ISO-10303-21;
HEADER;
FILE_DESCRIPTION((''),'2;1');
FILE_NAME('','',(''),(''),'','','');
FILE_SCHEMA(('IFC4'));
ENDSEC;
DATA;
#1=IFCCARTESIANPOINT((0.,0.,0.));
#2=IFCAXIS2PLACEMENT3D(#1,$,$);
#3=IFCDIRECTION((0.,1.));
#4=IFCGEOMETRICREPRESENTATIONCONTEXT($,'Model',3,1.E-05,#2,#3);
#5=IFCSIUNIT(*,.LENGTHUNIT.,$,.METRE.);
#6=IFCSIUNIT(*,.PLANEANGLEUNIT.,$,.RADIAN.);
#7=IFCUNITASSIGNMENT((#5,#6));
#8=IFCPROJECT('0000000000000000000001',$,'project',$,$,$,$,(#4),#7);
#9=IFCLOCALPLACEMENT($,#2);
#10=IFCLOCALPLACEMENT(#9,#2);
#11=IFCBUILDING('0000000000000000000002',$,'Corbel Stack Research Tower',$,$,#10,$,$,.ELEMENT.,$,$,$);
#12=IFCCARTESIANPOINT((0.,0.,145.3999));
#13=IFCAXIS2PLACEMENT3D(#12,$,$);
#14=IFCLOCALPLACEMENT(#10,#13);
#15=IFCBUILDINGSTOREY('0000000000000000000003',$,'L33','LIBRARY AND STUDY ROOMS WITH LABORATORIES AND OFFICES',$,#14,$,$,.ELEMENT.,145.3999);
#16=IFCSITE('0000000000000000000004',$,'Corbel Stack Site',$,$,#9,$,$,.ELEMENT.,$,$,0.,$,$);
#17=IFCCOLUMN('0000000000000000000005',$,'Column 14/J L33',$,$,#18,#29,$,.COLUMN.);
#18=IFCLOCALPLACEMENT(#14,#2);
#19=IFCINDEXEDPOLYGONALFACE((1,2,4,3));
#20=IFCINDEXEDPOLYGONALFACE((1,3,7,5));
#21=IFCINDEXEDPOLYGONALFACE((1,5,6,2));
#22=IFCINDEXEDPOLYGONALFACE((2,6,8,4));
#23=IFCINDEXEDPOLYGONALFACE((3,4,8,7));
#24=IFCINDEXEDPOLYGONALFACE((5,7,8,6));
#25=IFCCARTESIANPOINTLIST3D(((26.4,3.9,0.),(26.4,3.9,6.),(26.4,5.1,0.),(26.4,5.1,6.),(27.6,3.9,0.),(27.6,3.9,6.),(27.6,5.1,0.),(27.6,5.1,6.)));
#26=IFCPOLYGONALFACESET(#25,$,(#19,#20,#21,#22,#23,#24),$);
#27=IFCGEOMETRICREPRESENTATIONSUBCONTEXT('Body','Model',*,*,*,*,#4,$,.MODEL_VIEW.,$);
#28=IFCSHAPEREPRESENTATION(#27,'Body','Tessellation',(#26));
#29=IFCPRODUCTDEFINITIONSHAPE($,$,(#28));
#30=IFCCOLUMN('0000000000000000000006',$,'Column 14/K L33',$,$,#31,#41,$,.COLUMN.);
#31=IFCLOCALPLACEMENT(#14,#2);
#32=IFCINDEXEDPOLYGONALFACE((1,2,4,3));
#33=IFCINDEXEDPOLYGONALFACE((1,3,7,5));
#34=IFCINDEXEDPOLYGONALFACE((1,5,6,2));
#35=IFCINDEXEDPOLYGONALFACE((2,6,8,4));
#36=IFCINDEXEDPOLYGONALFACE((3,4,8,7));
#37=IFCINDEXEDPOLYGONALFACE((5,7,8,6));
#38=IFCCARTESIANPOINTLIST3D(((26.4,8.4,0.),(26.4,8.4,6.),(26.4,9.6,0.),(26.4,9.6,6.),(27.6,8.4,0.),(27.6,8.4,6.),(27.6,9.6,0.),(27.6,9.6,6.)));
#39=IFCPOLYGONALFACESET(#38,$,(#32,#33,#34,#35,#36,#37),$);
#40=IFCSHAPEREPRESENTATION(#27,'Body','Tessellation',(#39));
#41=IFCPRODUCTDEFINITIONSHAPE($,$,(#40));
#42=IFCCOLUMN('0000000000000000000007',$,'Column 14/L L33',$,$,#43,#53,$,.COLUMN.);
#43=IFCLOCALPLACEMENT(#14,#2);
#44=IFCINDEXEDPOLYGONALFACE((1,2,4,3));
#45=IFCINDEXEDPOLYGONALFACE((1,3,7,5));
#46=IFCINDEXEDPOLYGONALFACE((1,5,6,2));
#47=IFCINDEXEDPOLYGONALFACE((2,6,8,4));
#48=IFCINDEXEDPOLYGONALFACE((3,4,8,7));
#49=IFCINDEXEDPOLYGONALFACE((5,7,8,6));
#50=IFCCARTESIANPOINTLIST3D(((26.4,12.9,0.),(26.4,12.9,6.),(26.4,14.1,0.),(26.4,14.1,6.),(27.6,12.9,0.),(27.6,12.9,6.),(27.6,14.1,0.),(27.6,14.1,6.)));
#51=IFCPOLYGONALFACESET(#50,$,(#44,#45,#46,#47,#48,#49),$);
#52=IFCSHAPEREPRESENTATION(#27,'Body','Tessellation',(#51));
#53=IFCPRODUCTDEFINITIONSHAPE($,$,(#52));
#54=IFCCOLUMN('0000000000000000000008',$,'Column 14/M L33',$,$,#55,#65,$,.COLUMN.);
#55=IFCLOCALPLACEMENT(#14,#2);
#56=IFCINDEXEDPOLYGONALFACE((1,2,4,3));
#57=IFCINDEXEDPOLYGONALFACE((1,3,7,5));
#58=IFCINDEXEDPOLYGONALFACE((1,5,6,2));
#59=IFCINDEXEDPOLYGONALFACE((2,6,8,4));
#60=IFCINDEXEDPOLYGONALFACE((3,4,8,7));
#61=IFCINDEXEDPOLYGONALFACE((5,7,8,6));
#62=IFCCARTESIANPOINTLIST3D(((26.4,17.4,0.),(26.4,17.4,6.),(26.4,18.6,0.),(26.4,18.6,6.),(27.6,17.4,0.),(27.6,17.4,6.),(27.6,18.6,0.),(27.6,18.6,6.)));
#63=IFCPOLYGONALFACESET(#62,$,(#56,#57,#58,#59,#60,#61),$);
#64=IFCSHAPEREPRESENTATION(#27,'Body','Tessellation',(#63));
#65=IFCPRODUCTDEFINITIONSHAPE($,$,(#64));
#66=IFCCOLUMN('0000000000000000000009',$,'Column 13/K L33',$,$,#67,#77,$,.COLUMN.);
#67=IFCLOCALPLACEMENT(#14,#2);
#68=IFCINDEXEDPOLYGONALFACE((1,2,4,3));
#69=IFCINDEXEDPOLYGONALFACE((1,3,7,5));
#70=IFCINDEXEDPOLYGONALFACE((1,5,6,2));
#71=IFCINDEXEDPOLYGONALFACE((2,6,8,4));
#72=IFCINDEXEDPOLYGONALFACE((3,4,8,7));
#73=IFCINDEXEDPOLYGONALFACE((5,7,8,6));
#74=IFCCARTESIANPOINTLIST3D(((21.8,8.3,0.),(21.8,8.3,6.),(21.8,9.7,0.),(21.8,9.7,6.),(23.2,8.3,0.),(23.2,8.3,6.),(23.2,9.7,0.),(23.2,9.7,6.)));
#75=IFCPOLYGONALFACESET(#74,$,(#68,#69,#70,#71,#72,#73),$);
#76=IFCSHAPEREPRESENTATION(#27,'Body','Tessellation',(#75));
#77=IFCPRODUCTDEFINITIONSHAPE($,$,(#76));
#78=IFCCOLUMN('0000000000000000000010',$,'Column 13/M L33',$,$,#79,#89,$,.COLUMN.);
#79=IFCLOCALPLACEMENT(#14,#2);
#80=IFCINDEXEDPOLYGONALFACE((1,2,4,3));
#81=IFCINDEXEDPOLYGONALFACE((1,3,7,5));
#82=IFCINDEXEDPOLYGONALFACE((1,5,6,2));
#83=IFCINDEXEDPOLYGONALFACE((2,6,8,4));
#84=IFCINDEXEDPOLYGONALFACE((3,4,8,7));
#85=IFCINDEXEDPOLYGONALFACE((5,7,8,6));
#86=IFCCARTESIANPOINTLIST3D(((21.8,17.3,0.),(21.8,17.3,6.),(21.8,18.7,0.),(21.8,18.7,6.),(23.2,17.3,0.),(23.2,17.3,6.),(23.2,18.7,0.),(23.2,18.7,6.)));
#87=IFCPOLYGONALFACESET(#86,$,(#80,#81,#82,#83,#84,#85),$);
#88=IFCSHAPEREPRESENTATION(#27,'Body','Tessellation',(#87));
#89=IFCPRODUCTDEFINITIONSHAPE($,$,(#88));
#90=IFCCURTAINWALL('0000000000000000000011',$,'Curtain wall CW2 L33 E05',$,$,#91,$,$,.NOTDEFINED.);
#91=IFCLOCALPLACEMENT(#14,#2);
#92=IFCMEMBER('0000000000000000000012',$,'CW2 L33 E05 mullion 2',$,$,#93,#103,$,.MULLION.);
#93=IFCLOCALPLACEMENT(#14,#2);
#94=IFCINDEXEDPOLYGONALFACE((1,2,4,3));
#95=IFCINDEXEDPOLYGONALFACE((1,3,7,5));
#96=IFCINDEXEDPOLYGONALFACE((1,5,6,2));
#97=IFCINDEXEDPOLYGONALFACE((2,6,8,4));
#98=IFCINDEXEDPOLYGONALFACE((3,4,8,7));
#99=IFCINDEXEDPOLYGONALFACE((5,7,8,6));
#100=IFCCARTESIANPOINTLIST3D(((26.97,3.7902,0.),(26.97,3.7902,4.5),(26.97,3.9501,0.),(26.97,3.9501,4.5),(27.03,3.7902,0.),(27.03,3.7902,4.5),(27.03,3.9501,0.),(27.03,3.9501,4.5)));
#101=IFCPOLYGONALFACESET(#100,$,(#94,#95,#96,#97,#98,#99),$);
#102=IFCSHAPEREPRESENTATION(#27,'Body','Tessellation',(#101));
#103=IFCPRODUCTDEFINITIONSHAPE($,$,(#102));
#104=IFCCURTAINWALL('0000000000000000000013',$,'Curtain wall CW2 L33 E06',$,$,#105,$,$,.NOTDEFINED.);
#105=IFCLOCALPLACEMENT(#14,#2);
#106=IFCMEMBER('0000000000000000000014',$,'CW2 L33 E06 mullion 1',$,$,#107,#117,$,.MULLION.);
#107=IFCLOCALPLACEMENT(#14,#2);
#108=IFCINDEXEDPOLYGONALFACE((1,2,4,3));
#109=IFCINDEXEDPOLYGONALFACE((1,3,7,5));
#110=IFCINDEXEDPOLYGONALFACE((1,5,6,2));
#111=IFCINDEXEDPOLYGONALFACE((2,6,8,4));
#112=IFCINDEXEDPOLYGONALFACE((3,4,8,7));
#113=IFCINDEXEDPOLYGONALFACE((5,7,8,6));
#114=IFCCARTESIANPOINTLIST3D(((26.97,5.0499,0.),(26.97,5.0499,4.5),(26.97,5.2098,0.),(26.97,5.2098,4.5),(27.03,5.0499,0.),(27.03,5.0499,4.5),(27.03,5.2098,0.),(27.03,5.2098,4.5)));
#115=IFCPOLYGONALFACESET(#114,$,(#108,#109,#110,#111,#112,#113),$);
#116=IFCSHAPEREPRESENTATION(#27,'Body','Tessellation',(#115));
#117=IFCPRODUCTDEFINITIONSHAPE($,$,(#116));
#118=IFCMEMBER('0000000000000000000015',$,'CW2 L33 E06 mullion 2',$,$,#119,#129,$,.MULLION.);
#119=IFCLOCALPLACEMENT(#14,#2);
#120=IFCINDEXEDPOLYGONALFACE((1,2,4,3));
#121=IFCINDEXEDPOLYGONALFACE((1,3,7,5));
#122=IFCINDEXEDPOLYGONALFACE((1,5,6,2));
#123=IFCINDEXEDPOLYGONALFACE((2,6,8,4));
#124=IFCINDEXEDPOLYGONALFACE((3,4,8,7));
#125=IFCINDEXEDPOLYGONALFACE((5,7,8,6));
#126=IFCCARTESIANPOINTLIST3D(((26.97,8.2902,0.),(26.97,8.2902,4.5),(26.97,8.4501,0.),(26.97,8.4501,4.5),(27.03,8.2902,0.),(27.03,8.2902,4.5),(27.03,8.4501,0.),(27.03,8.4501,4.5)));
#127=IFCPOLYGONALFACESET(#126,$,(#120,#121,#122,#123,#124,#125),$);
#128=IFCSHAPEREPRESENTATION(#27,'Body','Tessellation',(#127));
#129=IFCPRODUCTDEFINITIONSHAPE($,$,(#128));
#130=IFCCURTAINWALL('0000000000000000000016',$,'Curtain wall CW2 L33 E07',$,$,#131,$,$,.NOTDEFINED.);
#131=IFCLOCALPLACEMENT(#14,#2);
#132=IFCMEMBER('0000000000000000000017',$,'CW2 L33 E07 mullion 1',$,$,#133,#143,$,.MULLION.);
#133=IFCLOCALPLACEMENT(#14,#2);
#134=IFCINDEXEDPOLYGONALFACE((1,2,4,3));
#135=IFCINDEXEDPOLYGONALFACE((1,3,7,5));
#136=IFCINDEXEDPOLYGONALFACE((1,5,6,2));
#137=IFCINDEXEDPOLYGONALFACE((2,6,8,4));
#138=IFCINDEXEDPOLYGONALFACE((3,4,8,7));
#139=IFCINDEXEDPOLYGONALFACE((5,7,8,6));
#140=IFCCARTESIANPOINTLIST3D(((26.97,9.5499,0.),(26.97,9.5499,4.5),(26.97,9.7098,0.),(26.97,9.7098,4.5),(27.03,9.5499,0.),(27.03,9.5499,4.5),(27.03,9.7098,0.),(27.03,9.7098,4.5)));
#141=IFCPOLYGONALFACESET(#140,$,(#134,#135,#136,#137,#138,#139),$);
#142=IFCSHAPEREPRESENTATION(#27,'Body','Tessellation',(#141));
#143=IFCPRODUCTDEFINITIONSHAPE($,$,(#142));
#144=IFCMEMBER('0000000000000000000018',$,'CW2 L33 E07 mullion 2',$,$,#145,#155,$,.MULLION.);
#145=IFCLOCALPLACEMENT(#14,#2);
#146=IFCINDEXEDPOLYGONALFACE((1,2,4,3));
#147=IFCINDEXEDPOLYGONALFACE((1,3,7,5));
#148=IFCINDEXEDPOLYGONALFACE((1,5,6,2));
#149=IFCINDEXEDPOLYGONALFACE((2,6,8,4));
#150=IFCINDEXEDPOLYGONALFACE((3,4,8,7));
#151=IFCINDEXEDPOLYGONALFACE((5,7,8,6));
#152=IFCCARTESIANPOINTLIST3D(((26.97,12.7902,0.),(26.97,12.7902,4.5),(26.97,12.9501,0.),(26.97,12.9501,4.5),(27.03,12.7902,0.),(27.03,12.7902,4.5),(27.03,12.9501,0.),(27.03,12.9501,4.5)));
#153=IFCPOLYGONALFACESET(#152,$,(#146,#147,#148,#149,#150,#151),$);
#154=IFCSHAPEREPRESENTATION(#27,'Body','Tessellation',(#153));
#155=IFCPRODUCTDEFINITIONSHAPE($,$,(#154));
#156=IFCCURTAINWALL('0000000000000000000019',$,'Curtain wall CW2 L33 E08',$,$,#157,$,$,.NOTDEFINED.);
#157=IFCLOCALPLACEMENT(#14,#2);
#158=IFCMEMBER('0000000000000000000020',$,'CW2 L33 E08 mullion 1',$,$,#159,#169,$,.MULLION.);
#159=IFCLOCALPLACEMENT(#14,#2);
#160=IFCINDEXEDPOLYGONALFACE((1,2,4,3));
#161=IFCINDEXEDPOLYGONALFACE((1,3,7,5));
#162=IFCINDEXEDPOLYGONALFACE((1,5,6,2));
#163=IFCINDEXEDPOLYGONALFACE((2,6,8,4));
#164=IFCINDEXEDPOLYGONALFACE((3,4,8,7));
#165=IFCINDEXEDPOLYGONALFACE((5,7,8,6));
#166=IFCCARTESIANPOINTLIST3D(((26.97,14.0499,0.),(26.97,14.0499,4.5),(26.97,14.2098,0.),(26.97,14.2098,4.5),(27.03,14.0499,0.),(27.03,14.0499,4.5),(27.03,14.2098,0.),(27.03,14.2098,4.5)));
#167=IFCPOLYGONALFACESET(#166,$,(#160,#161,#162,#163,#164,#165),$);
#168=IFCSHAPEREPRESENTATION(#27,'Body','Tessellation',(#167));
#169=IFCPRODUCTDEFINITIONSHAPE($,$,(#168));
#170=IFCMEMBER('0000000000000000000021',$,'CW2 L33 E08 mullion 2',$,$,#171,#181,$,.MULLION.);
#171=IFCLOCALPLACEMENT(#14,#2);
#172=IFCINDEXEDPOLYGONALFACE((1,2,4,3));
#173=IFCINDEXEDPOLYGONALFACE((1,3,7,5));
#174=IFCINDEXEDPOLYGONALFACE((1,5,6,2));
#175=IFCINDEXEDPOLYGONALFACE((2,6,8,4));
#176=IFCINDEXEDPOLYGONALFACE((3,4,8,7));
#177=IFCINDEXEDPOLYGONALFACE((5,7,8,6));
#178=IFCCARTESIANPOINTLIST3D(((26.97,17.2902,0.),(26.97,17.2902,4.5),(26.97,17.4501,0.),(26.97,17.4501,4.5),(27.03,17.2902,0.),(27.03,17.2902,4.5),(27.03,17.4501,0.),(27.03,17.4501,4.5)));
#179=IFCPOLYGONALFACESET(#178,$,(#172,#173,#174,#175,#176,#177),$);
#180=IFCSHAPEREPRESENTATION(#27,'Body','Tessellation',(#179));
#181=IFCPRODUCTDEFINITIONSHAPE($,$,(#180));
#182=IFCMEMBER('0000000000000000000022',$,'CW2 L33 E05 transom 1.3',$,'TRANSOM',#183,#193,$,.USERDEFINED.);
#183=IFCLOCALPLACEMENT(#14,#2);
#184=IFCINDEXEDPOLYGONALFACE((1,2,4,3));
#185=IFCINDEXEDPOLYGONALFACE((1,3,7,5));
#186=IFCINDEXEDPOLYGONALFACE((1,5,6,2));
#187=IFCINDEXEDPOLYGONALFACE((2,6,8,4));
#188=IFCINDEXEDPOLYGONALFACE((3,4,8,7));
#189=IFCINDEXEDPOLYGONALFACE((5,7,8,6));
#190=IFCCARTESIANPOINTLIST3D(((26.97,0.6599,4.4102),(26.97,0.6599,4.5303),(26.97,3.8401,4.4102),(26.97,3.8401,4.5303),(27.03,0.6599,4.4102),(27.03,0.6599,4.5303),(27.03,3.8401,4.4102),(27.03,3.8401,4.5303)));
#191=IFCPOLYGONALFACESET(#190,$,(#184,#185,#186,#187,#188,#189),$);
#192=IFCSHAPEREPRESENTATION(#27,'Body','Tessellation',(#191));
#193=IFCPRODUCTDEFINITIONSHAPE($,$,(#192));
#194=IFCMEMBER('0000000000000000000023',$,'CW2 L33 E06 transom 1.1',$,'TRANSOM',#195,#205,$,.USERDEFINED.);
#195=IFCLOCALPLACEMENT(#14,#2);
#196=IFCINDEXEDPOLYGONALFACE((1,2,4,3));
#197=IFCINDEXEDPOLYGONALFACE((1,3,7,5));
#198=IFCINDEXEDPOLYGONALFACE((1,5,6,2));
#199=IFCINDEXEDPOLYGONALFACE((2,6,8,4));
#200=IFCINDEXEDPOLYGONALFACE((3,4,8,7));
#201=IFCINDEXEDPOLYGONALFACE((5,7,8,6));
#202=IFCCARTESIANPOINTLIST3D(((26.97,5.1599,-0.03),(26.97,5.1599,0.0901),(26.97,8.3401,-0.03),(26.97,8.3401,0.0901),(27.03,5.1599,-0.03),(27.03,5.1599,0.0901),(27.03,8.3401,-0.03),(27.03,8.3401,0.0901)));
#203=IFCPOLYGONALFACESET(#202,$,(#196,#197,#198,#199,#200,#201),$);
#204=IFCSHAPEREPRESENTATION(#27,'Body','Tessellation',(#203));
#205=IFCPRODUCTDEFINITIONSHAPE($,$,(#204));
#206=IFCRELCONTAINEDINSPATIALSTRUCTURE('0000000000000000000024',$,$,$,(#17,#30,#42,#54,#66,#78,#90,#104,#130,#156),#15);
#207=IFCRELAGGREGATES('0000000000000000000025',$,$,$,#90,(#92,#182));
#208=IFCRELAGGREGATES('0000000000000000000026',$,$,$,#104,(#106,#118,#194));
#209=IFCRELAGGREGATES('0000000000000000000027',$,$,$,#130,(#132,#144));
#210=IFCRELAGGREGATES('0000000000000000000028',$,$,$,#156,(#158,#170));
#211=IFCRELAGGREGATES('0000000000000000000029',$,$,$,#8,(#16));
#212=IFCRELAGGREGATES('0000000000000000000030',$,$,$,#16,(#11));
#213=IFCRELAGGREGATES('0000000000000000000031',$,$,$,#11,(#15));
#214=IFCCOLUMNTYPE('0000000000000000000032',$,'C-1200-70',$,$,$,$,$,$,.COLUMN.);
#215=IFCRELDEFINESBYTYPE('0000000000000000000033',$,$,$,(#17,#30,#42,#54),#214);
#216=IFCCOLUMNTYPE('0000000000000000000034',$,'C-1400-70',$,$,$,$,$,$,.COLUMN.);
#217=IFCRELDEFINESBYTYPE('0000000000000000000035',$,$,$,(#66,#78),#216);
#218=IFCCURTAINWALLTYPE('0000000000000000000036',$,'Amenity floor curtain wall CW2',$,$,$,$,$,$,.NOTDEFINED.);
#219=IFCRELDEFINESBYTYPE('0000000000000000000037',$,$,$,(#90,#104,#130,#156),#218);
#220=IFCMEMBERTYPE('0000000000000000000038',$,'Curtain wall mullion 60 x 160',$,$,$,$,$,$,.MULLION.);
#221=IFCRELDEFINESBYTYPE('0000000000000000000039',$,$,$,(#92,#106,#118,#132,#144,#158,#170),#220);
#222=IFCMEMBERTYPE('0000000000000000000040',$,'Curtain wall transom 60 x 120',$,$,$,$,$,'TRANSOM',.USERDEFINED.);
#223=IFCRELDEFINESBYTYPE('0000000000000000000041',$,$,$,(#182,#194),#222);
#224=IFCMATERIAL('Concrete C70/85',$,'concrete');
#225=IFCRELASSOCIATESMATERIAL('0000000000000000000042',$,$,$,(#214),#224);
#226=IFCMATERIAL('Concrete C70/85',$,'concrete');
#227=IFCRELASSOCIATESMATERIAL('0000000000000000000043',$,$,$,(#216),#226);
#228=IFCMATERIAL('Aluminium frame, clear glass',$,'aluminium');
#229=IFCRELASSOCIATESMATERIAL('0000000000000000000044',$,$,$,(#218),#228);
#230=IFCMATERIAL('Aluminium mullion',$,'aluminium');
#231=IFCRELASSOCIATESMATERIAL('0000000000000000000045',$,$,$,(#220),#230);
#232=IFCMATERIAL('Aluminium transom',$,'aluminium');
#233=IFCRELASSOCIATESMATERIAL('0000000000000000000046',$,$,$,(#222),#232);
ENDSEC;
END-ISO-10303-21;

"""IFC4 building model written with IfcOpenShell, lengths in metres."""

from ifc_helpers import new_model, si_unit, direction, frame, origin, origin_2d, place, context, subcontext, project, spatial, rectangle, extrude, material, material_profile, profile_set, type_object, element, aggregate, save


model = new_model("IFC4")

# Units and contexts
model_context = context("Model", 3, precision=1e-05, world=origin(), true_north=direction((0.0, 1.0)))
body_context = subcontext(model_context, "Body", "Model", "MODEL_VIEW")
ifc_project = project(units=[si_unit("LENGTHUNIT", "METRE"), si_unit("PLANEANGLEUNIT", "RADIAN")], contexts=[model_context])

# Site, building, storey
site_placement = place(None, origin())
site = spatial("IfcSite", under=ifc_project, at=site_placement, Name="Corbel Stack Site", CompositionType="ELEMENT", RefElevation=0.0)
building_placement = place(site_placement, origin())
building = spatial("IfcBuilding", under=site, at=building_placement, Name="Corbel Stack Research Tower", CompositionType="ELEMENT")
storey_placement = place(building_placement, frame((0.0, 0.0, 145.3999)))
storey = spatial("IfcBuildingStorey", under=building, at=storey_placement, Name="L33", Description="LIBRARY AND STUDY ROOMS WITH LABORATORIES AND OFFICES", CompositionType="ELEMENT", Elevation=145.3999)

# Columns
ifc_material_1 = material(Name="Concrete C70/85", Category="concrete")
ifc_material_profile_1 = material_profile(ifc_material_1, rectangle(XDim=1.2, YDim=1.2, at=origin_2d()), Name="RC 1200 x 1200")
ifc_profile_set_1 = profile_set([ifc_material_profile_1], Name="Concrete C70/85")
column_type_1 = type_object("IfcColumnType", Name="C-1200-70", PredefinedType="COLUMN", material=ifc_profile_set_1)
for number, where, z_axis, x_axis, name in (
    (1, (27.0, 4.5, 0.0), (0.0, 0.0, 1.0), (1.0, 0.0, 0.0), "Column 14/J L33"),
    (2, (27.0, 9.0, 0.0), (0.0, 0.0, 1.0), (1.0, 0.0, 0.0), "Column 14/K L33"),
    (3, (27.0, 13.5, 0.0), (0.0, 0.0, 1.0), (1.0, 0.0, 0.0), "Column 14/L L33"),
    (4, (27.0, 18.0, 0.0), (0.0, 0.0, 1.0), (1.0, 0.0, 0.0), "Column 14/M L33"),
):
    element("IfcColumn", number, at=place(storey_placement, frame(where, z_axis=z_axis, x_axis=x_axis)), inside=storey, type_object=column_type_1, Name=name, PredefinedType="COLUMN", context=body_context, shape_type="SweptSolid", body=[
        extrude(rectangle(XDim=1.2, YDim=1.2, at=origin_2d()), origin(), (0.0, 0.0, 1.0), 6.0),
    ])
ifc_material_2 = material(Name="Concrete C70/85", Category="concrete")
ifc_material_profile_2 = material_profile(ifc_material_2, rectangle(XDim=1.3999, YDim=1.3999, at=origin_2d()), Name="RC 1400 x 1400")
ifc_profile_set_2 = profile_set([ifc_material_profile_2], Name="Concrete C70/85")
column_type_2 = type_object("IfcColumnType", Name="C-1400-70", PredefinedType="COLUMN", material=ifc_profile_set_2)
for number, where, z_axis, x_axis, name in (
    (5, (22.5, 9.0, 0.0), (0.0, 0.0, 1.0), (1.0, 0.0, 0.0), "Column 13/K L33"),
    (6, (22.5, 18.0, 0.0), (0.0, 0.0, 1.0), (1.0, 0.0, 0.0), "Column 13/M L33"),
):
    element("IfcColumn", number, at=place(storey_placement, frame(where, z_axis=z_axis, x_axis=x_axis)), inside=storey, type_object=column_type_2, Name=name, PredefinedType="COLUMN", context=body_context, shape_type="SweptSolid", body=[
        extrude(rectangle(XDim=1.3999, YDim=1.3999, at=origin_2d()), origin(), (0.0, 0.0, 1.0), 6.0),
    ])

# Curtain wall, member
ifc_material_3 = material(Name="Aluminium frame, clear glass", Category="aluminium")
curtain_wall_type = type_object("IfcCurtainWallType", Name="Amenity floor curtain wall CW2", PredefinedType="NOTDEFINED", material=ifc_material_3)
curtain_wall_1_placement = place(storey_placement, origin())
curtain_wall_1 = element("IfcCurtainWall", 7, at=curtain_wall_1_placement, inside=storey, type_object=curtain_wall_type, Name="Curtain wall CW2 L33 E05", PredefinedType="NOTDEFINED")
ifc_material_4 = material(Name="Aluminium mullion", Category="aluminium")
ifc_material_profile_3 = material_profile(ifc_material_4, rectangle(XDim=0.0601, YDim=0.1599, at=origin_2d()), Name="Mullion 60 x 160")
ifc_profile_set_3 = profile_set([ifc_material_profile_3], Name="Aluminium mullion")
member_type_1 = type_object("IfcMemberType", Name="Curtain wall mullion 60 x 160", PredefinedType="MULLION", material=ifc_profile_set_3)
member_1_placement = place(storey_placement, frame((27.0, 3.8701, 0.0), z_axis=(0.0, 0.0, 1.0), x_axis=(-1.0, 0.0, 0.0)))
member_1 = element("IfcMember", 8, at=member_1_placement, type_object=member_type_1, Name="CW2 L33 E05 mullion 2", PredefinedType="MULLION", context=body_context, shape_type="SweptSolid", body=[
    extrude(rectangle(XDim=0.0601, YDim=0.1599, at=origin_2d()), origin(), (0.0, 0.0, 1.0), 4.5),
])

# Curtain walls, members
curtain_wall_2_placement = place(storey_placement, origin())
curtain_wall_2 = element("IfcCurtainWall", 9, at=curtain_wall_2_placement, inside=storey, type_object=curtain_wall_type, Name="Curtain wall CW2 L33 E06", PredefinedType="NOTDEFINED")
member_2_placement = place(storey_placement, frame((27.0, 5.1299, 0.0), z_axis=(0.0, 0.0, 1.0), x_axis=(-1.0, 0.0, 0.0)))
member_2 = element("IfcMember", 10, at=member_2_placement, type_object=member_type_1, Name="CW2 L33 E06 mullion 1", PredefinedType="MULLION", context=body_context, shape_type="SweptSolid", body=[
    extrude(rectangle(XDim=0.0601, YDim=0.1599, at=origin_2d()), origin(), (0.0, 0.0, 1.0), 4.5),
])
member_3_placement = place(storey_placement, frame((27.0, 8.3701, 0.0), z_axis=(0.0, 0.0, 1.0), x_axis=(-1.0, 0.0, 0.0)))
member_3 = element("IfcMember", 11, at=member_3_placement, type_object=member_type_1, Name="CW2 L33 E06 mullion 2", PredefinedType="MULLION", context=body_context, shape_type="SweptSolid", body=[
    extrude(rectangle(XDim=0.0601, YDim=0.1599, at=origin_2d()), origin(), (0.0, 0.0, 1.0), 4.5),
])
curtain_wall_3_placement = place(storey_placement, origin())
curtain_wall_3 = element("IfcCurtainWall", 12, at=curtain_wall_3_placement, inside=storey, type_object=curtain_wall_type, Name="Curtain wall CW2 L33 E07", PredefinedType="NOTDEFINED")
member_4_placement = place(storey_placement, frame((27.0, 9.6299, 0.0), z_axis=(0.0, 0.0, 1.0), x_axis=(-1.0, 0.0, 0.0)))
member_4 = element("IfcMember", 13, at=member_4_placement, type_object=member_type_1, Name="CW2 L33 E07 mullion 1", PredefinedType="MULLION", context=body_context, shape_type="SweptSolid", body=[
    extrude(rectangle(XDim=0.0601, YDim=0.1599, at=origin_2d()), origin(), (0.0, 0.0, 1.0), 4.5),
])
member_5_placement = place(storey_placement, frame((27.0, 12.8701, 0.0), z_axis=(0.0, 0.0, 1.0), x_axis=(-1.0, 0.0, 0.0)))
member_5 = element("IfcMember", 14, at=member_5_placement, type_object=member_type_1, Name="CW2 L33 E07 mullion 2", PredefinedType="MULLION", context=body_context, shape_type="SweptSolid", body=[
    extrude(rectangle(XDim=0.0601, YDim=0.1599, at=origin_2d()), origin(), (0.0, 0.0, 1.0), 4.5),
])
curtain_wall_4_placement = place(storey_placement, origin())
curtain_wall_4 = element("IfcCurtainWall", 15, at=curtain_wall_4_placement, inside=storey, type_object=curtain_wall_type, Name="Curtain wall CW2 L33 E08", PredefinedType="NOTDEFINED")
member_6_placement = place(storey_placement, frame((27.0, 14.1299, 0.0), z_axis=(0.0, 0.0, 1.0), x_axis=(-1.0, 0.0, 0.0)))
member_6 = element("IfcMember", 16, at=member_6_placement, type_object=member_type_1, Name="CW2 L33 E08 mullion 1", PredefinedType="MULLION", context=body_context, shape_type="SweptSolid", body=[
    extrude(rectangle(XDim=0.0601, YDim=0.1599, at=origin_2d()), origin(), (0.0, 0.0, 1.0), 4.5),
])
member_7_placement = place(storey_placement, frame((27.0, 17.3701, 0.0), z_axis=(0.0, 0.0, 1.0), x_axis=(-1.0, 0.0, 0.0)))
member_7 = element("IfcMember", 17, at=member_7_placement, type_object=member_type_1, Name="CW2 L33 E08 mullion 2", PredefinedType="MULLION", context=body_context, shape_type="SweptSolid", body=[
    extrude(rectangle(XDim=0.0601, YDim=0.1599, at=origin_2d()), origin(), (0.0, 0.0, 1.0), 4.5),
])

# Members
ifc_material_5 = material(Name="Aluminium transom", Category="aluminium")
ifc_material_profile_4 = material_profile(ifc_material_5, rectangle(XDim=0.0601, YDim=0.1201, at=origin_2d()), Name="Transom 60 x 120")
ifc_profile_set_4 = profile_set([ifc_material_profile_4], Name="Aluminium transom")
member_type_2 = type_object("IfcMemberType", Name="Curtain wall transom 60 x 120", ElementType="TRANSOM", PredefinedType="USERDEFINED", material=ifc_profile_set_4)
member_8_placement = place(storey_placement, frame((27.0, 0.6599, 4.4702), z_axis=(0.0, 1.0, 0.0), x_axis=(-1.0, 0.0, 0.0)))
member_8 = element("IfcMember", 18, at=member_8_placement, type_object=member_type_2, Name="CW2 L33 E05 transom 1.3", ObjectType="TRANSOM", PredefinedType="USERDEFINED", context=body_context, shape_type="SweptSolid", body=[
    extrude(rectangle(XDim=0.0601, YDim=0.1201, at=origin_2d()), origin(), (0.0, 0.0, 1.0), 3.1802),
])
member_9_placement = place(storey_placement, frame((27.0, 5.1599, 0.03), z_axis=(0.0, 1.0, 0.0), x_axis=(-1.0, 0.0, 0.0)))
member_9 = element("IfcMember", 19, at=member_9_placement, type_object=member_type_2, Name="CW2 L33 E06 transom 1.1", ObjectType="TRANSOM", PredefinedType="USERDEFINED", context=body_context, shape_type="SweptSolid", body=[
    extrude(rectangle(XDim=0.0601, YDim=0.1201, at=origin_2d()), origin(), (0.0, 0.0, 1.0), 3.1802),
])

aggregate(curtain_wall_1, [member_1, member_8])
aggregate(curtain_wall_2, [member_2, member_3, member_9])
aggregate(curtain_wall_3, [member_4, member_5])
aggregate(curtain_wall_4, [member_6, member_7])

save(model, "model.ifc")
